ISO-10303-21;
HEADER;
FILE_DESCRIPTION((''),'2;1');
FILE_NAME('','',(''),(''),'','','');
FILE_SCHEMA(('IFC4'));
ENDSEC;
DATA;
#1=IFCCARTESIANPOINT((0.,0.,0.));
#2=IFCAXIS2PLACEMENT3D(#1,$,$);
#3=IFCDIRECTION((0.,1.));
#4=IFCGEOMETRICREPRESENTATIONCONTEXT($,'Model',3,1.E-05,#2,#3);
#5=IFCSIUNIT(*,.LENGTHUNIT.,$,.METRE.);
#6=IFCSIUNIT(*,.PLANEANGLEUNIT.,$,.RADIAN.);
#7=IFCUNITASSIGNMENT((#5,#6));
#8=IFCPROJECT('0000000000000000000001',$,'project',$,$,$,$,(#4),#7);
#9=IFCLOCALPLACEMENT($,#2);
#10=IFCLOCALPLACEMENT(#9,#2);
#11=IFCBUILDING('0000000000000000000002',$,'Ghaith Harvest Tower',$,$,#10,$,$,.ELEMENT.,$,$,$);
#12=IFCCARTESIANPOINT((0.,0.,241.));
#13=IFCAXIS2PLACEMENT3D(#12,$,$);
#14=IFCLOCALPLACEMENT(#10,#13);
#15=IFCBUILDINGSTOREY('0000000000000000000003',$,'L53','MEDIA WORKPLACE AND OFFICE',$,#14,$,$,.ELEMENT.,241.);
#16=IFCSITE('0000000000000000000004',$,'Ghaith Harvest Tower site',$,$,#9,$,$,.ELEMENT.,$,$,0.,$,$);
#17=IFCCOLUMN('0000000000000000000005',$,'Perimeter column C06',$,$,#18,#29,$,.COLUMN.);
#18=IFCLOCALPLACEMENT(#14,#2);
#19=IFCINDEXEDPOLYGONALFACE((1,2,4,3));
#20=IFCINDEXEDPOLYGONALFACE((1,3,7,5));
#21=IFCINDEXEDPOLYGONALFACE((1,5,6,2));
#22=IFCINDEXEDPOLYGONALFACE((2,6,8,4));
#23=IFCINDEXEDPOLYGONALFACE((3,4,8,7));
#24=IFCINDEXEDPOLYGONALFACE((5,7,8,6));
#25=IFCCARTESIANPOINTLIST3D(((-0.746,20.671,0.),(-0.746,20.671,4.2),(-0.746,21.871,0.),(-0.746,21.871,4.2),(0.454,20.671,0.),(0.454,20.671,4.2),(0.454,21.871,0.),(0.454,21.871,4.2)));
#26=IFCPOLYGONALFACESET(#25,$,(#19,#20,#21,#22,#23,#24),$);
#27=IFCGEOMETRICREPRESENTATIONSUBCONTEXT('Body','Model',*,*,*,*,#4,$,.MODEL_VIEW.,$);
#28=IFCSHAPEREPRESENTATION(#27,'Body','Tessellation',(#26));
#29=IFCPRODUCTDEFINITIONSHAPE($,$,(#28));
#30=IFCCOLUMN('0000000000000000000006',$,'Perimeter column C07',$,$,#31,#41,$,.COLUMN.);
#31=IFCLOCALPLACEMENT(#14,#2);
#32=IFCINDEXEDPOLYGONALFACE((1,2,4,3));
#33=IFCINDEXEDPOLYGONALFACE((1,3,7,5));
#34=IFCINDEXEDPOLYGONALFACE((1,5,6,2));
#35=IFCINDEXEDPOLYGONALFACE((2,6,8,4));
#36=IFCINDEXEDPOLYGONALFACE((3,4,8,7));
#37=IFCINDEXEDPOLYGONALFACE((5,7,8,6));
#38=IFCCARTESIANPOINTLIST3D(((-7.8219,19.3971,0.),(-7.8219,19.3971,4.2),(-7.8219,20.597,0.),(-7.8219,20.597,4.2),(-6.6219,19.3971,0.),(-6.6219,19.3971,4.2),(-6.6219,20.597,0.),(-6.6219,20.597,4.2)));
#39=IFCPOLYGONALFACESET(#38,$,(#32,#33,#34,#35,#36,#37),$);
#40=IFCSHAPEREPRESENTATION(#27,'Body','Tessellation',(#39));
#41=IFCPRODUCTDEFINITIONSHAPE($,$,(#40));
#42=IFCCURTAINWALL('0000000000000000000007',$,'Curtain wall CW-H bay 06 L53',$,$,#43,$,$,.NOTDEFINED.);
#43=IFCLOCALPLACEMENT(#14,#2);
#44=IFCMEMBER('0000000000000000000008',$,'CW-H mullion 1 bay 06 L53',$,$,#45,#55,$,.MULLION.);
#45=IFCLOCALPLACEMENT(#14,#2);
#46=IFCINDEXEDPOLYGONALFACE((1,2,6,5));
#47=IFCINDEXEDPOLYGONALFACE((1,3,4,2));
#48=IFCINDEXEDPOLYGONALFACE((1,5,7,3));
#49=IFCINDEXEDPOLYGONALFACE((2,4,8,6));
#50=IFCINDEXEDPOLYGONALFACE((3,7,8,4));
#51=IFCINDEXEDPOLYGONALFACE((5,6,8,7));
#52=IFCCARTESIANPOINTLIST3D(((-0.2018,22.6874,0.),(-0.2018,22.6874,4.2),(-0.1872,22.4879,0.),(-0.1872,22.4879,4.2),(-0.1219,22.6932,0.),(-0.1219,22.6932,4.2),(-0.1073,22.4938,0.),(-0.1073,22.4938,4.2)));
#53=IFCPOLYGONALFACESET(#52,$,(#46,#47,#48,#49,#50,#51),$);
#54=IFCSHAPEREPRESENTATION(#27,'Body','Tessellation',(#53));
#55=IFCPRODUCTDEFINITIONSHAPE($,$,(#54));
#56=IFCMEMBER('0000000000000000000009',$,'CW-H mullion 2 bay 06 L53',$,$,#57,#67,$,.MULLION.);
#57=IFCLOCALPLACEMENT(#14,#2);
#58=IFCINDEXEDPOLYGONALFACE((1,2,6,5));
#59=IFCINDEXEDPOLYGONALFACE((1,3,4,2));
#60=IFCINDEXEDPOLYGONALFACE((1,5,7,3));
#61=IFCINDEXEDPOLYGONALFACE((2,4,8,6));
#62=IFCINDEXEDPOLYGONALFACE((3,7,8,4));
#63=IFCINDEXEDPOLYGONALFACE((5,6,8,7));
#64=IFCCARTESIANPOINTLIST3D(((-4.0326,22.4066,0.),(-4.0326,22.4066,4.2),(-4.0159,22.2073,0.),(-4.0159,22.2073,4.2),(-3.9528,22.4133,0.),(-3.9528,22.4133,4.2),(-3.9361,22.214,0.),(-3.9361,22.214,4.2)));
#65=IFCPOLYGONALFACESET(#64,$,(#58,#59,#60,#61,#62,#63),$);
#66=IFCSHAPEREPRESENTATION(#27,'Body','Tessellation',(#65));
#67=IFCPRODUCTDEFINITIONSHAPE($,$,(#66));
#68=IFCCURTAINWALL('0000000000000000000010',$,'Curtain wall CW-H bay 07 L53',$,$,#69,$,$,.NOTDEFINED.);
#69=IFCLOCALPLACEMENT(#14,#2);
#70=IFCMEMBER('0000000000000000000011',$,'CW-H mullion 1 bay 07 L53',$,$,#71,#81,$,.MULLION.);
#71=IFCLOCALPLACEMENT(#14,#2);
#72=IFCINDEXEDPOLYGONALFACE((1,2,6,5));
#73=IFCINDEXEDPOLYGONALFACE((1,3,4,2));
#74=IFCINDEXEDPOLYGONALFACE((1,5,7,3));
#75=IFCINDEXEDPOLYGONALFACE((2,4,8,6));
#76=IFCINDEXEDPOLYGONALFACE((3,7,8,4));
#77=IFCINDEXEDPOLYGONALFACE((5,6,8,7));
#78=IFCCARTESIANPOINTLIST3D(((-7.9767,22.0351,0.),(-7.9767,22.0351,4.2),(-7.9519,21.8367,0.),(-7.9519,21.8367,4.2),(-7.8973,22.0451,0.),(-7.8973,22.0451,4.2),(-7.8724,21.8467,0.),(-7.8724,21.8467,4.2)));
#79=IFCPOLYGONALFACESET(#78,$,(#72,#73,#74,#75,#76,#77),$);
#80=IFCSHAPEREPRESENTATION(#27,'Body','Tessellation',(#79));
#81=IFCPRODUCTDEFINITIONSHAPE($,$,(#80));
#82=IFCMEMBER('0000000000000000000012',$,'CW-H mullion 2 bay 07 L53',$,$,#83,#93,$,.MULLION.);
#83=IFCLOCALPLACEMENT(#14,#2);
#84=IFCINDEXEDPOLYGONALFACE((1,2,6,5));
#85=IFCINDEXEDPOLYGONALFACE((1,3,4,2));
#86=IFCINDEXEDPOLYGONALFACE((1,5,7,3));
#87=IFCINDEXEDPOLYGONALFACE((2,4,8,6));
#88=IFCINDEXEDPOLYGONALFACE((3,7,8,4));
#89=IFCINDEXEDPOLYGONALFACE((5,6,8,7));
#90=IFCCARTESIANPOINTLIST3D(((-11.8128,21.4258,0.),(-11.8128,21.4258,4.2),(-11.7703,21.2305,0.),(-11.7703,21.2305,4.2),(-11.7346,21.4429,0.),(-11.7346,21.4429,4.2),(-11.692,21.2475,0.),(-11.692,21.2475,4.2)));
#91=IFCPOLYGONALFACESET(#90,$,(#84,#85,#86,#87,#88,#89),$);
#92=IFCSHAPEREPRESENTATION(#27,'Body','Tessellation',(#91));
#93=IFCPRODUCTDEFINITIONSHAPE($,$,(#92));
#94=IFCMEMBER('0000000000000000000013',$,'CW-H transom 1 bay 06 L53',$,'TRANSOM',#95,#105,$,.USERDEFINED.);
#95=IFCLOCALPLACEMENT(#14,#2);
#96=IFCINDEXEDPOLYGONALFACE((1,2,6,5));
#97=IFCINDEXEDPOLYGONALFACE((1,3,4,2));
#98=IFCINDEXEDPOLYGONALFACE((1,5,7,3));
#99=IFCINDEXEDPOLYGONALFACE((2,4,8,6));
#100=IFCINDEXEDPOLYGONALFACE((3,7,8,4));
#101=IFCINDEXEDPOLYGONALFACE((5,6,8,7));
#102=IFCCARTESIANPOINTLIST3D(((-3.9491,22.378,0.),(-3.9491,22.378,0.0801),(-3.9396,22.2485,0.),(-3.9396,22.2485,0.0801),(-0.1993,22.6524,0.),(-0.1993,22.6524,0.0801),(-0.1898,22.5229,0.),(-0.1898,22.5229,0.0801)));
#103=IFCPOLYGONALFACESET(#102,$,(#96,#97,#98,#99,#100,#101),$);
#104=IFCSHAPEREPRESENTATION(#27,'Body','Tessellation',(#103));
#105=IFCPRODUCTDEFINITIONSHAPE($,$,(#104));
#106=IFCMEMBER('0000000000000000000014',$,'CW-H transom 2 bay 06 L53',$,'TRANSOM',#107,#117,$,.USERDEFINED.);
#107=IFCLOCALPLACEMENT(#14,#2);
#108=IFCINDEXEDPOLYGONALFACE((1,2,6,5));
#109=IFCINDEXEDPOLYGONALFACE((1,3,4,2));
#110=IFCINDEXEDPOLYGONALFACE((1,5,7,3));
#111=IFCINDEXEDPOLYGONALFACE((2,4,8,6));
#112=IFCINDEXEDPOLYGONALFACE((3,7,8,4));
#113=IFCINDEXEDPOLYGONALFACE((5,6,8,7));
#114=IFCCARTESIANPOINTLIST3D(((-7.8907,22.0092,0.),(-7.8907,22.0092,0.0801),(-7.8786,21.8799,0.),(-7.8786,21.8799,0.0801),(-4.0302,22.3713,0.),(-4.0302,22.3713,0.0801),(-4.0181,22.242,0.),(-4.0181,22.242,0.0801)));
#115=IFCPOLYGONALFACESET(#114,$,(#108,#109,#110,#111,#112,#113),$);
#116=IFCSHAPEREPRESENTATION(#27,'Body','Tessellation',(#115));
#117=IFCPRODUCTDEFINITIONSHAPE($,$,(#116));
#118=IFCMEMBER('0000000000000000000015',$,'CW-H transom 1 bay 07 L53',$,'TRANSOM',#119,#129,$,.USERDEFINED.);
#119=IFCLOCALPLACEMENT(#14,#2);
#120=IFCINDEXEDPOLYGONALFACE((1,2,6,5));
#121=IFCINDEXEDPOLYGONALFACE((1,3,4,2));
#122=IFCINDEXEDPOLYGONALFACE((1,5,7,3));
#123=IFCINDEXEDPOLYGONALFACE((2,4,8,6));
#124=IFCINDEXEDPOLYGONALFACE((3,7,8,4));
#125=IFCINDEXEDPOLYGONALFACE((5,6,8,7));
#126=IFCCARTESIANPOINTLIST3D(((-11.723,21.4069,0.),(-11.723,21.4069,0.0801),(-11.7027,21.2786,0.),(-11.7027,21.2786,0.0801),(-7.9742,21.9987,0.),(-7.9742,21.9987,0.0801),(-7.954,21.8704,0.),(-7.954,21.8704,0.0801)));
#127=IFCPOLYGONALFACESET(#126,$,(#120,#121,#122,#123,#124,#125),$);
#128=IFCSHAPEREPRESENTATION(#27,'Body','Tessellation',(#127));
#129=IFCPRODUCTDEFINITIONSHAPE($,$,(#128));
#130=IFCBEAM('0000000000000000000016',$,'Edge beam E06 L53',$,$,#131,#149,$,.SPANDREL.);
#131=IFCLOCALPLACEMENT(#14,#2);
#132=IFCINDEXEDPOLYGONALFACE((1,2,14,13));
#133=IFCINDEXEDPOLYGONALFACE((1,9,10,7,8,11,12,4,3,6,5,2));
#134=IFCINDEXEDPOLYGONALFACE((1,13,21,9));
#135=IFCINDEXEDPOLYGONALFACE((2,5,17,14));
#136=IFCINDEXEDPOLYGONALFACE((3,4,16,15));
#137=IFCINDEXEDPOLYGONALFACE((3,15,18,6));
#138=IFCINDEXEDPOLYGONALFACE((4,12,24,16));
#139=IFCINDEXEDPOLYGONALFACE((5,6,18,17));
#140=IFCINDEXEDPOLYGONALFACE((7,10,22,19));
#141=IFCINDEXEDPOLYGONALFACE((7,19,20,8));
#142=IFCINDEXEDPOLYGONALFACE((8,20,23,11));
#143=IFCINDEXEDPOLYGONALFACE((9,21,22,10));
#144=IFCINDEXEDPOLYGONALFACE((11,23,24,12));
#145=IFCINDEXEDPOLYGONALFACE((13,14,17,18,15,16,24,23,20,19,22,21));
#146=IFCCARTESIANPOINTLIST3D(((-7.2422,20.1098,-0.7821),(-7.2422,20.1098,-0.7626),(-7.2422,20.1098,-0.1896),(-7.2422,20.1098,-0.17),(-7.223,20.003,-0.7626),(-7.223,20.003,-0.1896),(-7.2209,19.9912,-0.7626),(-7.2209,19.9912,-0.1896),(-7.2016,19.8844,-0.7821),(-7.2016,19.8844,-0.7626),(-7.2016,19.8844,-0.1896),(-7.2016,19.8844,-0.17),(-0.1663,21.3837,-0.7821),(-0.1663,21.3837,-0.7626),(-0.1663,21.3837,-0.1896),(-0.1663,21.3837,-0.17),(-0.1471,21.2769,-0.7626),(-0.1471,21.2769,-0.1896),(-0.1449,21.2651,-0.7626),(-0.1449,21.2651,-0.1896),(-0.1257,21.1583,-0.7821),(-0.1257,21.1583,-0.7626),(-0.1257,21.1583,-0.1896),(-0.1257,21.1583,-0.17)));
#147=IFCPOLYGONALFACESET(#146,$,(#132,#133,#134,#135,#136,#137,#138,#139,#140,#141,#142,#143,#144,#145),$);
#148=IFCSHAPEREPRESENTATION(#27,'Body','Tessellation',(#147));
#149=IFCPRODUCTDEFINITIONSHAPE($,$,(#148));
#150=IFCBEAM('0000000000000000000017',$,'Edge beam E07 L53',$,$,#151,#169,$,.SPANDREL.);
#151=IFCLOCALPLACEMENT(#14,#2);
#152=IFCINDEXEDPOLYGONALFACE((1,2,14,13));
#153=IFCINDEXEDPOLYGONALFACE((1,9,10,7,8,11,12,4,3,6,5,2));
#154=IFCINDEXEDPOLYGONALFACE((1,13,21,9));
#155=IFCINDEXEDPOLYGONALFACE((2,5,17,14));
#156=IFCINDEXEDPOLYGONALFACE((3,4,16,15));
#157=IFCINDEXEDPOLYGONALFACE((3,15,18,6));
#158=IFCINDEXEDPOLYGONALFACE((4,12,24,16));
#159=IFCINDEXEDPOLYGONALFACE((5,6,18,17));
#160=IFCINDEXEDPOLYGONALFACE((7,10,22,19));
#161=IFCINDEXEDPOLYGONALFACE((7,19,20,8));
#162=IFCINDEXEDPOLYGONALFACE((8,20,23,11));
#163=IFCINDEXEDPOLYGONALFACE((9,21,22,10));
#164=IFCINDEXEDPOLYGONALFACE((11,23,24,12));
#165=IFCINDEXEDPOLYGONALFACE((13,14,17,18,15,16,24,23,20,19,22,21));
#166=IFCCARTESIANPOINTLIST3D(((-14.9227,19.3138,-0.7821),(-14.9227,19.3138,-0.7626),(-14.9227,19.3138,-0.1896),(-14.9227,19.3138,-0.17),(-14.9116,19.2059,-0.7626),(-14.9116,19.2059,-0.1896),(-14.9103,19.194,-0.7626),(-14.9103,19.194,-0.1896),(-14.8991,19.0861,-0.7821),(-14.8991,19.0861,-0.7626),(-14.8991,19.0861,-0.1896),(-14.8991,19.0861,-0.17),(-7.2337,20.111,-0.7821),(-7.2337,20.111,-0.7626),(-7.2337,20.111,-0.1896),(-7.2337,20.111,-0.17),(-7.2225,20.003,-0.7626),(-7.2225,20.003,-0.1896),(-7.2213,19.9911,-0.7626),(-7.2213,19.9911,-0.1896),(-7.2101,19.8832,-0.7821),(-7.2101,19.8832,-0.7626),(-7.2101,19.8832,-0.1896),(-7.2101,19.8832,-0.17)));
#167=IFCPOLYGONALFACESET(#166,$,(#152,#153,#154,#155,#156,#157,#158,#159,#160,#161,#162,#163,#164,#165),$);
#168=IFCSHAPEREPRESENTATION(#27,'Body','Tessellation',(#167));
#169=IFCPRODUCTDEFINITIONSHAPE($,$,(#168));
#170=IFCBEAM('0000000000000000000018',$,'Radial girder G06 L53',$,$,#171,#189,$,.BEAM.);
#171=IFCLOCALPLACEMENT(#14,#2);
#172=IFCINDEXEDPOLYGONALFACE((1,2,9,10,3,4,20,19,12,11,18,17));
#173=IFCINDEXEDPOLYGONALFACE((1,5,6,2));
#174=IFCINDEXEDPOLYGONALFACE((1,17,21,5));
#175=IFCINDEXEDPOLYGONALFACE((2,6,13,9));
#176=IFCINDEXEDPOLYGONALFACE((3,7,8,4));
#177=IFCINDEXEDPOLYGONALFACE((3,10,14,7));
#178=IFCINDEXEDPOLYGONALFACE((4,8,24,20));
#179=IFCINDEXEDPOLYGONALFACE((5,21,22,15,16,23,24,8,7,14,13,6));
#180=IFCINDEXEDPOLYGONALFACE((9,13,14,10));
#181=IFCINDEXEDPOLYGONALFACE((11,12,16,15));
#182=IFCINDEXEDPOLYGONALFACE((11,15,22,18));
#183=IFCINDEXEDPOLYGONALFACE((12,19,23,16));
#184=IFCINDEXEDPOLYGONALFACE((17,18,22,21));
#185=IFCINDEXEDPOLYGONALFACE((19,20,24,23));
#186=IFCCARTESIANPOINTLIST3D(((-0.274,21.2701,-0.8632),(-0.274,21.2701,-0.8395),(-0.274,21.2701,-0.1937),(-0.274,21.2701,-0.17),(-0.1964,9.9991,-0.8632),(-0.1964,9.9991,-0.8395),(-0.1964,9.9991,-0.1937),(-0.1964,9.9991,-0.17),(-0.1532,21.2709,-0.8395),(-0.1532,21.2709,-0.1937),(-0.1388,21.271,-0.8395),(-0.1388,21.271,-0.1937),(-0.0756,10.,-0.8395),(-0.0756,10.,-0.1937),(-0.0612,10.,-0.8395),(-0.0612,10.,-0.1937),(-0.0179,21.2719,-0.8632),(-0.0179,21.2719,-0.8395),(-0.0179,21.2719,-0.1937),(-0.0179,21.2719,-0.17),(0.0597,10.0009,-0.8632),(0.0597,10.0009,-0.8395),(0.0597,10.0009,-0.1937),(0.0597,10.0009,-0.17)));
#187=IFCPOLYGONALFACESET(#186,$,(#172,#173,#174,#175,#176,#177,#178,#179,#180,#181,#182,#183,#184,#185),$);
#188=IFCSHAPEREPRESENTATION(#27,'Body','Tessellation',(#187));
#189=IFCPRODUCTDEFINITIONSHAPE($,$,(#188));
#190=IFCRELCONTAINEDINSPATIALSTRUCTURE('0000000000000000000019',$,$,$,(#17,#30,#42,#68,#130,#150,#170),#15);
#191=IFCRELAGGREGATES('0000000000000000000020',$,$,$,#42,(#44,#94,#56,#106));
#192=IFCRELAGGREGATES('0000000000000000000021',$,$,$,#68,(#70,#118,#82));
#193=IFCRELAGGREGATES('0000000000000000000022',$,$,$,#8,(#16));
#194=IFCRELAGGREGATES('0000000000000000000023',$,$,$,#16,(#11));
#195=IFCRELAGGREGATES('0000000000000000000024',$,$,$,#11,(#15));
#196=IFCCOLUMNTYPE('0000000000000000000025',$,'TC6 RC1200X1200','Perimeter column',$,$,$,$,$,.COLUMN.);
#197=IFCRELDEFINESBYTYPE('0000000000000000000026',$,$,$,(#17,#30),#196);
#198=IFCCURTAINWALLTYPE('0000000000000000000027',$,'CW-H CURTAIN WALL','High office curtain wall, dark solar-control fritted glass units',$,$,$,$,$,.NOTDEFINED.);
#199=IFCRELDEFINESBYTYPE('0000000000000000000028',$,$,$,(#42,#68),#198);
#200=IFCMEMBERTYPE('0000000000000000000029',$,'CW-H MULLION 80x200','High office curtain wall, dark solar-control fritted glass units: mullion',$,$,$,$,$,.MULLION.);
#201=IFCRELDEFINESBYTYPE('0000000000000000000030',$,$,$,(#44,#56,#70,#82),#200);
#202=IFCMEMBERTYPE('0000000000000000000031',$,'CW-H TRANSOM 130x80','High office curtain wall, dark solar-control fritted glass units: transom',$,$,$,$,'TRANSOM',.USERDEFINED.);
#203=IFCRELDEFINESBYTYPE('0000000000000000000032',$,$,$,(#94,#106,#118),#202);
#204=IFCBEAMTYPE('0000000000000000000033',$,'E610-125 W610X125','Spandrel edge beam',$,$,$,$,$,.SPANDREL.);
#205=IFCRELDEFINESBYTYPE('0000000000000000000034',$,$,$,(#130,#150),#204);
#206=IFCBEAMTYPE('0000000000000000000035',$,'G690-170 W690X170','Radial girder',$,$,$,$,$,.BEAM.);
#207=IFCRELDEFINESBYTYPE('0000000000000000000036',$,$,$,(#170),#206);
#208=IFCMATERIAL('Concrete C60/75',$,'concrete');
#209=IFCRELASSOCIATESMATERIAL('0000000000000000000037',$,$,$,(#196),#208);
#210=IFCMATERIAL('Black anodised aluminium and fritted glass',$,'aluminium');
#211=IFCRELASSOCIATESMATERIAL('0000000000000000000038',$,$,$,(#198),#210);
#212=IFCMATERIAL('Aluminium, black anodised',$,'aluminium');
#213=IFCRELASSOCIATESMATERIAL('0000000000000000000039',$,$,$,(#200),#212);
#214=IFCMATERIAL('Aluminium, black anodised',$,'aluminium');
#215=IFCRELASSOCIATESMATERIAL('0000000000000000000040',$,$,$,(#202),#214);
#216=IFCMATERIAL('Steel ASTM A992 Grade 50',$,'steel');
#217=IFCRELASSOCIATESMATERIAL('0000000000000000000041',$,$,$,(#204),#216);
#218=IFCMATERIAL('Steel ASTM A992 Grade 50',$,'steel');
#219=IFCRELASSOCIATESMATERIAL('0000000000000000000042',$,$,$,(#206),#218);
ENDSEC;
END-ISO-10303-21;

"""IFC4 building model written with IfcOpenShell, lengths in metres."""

from ifc_helpers import new_model, si_unit, direction, frame, origin, origin_2d, place, context, subcontext, project, spatial, rectangle, i_section, extrude, material, material_profile, profile_set, type_object, element, aggregate, save


model = new_model("IFC4")

# Units and contexts
model_context = context("Model", 3, precision=1e-05, world=origin(), true_north=direction((0.0, 1.0)))
body_context = subcontext(model_context, "Body", "Model", "MODEL_VIEW")
ifc_project = project(units=[si_unit("LENGTHUNIT", "METRE"), si_unit("PLANEANGLEUNIT", "RADIAN")], contexts=[model_context])

# Site, building, storey
site_placement = place(None, origin())
site = spatial("IfcSite", under=ifc_project, at=site_placement, Name="Ghaith Harvest Tower site", CompositionType="ELEMENT", RefElevation=0.0)
building_placement = place(site_placement, origin())
building = spatial("IfcBuilding", under=site, at=building_placement, Name="Ghaith Harvest Tower", CompositionType="ELEMENT")
storey_placement = place(building_placement, frame((0.0, 0.0, 241.0)))
storey = spatial("IfcBuildingStorey", under=building, at=storey_placement, Name="L53", Description="MEDIA WORKPLACE AND OFFICE", CompositionType="ELEMENT", Elevation=241.0)

# Columns
ifc_material_1 = material(Name="Concrete C60/75", Category="concrete")
ifc_material_profile_1 = material_profile(ifc_material_1, rectangle(XDim=1.2, YDim=1.2, at=origin_2d()), Name="RC1200X1200")
ifc_profile_set_1 = profile_set([ifc_material_profile_1], Name="Concrete C60/75")
column_type = type_object("IfcColumnType", Name="TC6 RC1200X1200", Description="Perimeter column", PredefinedType="COLUMN", material=ifc_profile_set_1)
for number, where, z_axis, x_axis, name in (
    (1, (-0.146, 21.271, 0.0), (0.0, 0.0, 1.0), (1.0, 0.0, 0.0), "Perimeter column C06"),
    (2, (-7.2219, 19.9971, 0.0), (0.0, 0.0, 1.0), (1.0, 0.0, 0.0), "Perimeter column C07"),
):
    element("IfcColumn", number, at=place(storey_placement, frame(where, z_axis=z_axis, x_axis=x_axis)), inside=storey, type_object=column_type, Name=name, PredefinedType="COLUMN", context=body_context, shape_type="SweptSolid", body=[
        extrude(rectangle(XDim=1.2, YDim=1.2, at=origin_2d()), origin(), (0.0, 0.0, 1.0), 4.2),
    ])

# Curtain walls, members
ifc_material_2 = material(Name="Black anodised aluminium and fritted glass", Category="aluminium")
curtain_wall_type = type_object("IfcCurtainWallType", Name="CW-H CURTAIN WALL", Description="High office curtain wall, dark solar-control fritted glass units", PredefinedType="NOTDEFINED", material=ifc_material_2)
curtain_wall_1_placement = place(storey_placement, origin())
curtain_wall_1 = element("IfcCurtainWall", 3, at=curtain_wall_1_placement, inside=storey, type_object=curtain_wall_type, Name="Curtain wall CW-H bay 06 L53", PredefinedType="NOTDEFINED")
ifc_material_3 = material(Name="Aluminium, black anodised", Category="aluminium")
ifc_material_profile_2 = material_profile(ifc_material_3, rectangle(XDim=0.0801, YDim=0.2, at=origin_2d()), Name="CW-H MULLION 80x200")
ifc_profile_set_2 = profile_set([ifc_material_profile_2], Name="Aluminium, black anodised")
member_type_1 = type_object("IfcMemberType", Name="CW-H MULLION 80x200", Description="High office curtain wall, dark solar-control fritted glass units: mullion", PredefinedType="MULLION", material=ifc_profile_set_2)
member_1_placement = place(storey_placement, frame((-0.1545, 22.5906, 0.0), z_axis=(0.0, 0.0, 1.0), x_axis=(-0.997329, -0.073037, 0.0)))
member_1 = element("IfcMember", 4, at=member_1_placement, type_object=member_type_1, Name="CW-H mullion 1 bay 06 L53", PredefinedType="MULLION", context=body_context, shape_type="SweptSolid", body=[
    extrude(rectangle(XDim=0.0801, YDim=0.2, at=origin_2d()), origin(), (0.0, 0.0, 1.0), 4.2),
])
member_2_placement = place(storey_placement, frame((-3.9844, 22.3103, 0.0), z_axis=(0.0, 0.0, 1.0), x_axis=(-0.996523, -0.083324, 0.0)))
member_2 = element("IfcMember", 5, at=member_2_placement, type_object=member_type_1, Name="CW-H mullion 2 bay 06 L53", PredefinedType="MULLION", context=body_context, shape_type="SweptSolid", body=[
    extrude(rectangle(XDim=0.0801, YDim=0.2, at=origin_2d()), origin(), (0.0, 0.0, 1.0), 4.2),
])
curtain_wall_2_placement = place(storey_placement, origin())
curtain_wall_2 = element("IfcCurtainWall", 6, at=curtain_wall_2_placement, inside=storey, type_object=curtain_wall_type, Name="Curtain wall CW-H bay 07 L53", PredefinedType="NOTDEFINED")
member_3_placement = place(storey_placement, frame((-7.9246, 21.9409, 0.0), z_axis=(0.0, 0.0, 1.0), x_axis=(-0.992235, -0.124373, 0.0)))
member_3 = element("IfcMember", 7, at=member_3_placement, type_object=member_type_1, Name="CW-H mullion 1 bay 07 L53", PredefinedType="MULLION", context=body_context, shape_type="SweptSolid", body=[
    extrude(rectangle(XDim=0.0801, YDim=0.2, at=origin_2d()), origin(), (0.0, 0.0, 1.0), 4.2),
])
member_4_placement = place(storey_placement, frame((-11.7524, 21.3367, 0.0), z_axis=(0.0, 0.0, 1.0), x_axis=(-0.977086, -0.212843, 0.0)))
member_4 = element("IfcMember", 8, at=member_4_placement, type_object=member_type_1, Name="CW-H mullion 2 bay 07 L53", PredefinedType="MULLION", context=body_context, shape_type="SweptSolid", body=[
    extrude(rectangle(XDim=0.0801, YDim=0.2, at=origin_2d()), origin(), (0.0, 0.0, 1.0), 4.2),
])

# Members
ifc_material_4 = material(Name="Aluminium, black anodised", Category="aluminium")
ifc_material_profile_3 = material_profile(ifc_material_4, rectangle(XDim=0.1299, YDim=0.0801, at=origin_2d()), Name="CW-H TRANSOM 130x80")
ifc_profile_set_3 = profile_set([ifc_material_profile_3], Name="Aluminium, black anodised")
member_type_2 = type_object("IfcMemberType", Name="CW-H TRANSOM 130x80", Description="High office curtain wall, dark solar-control fritted glass units: transom", ElementType="TRANSOM", PredefinedType="USERDEFINED", material=ifc_profile_set_3)
member_5_placement = place(storey_placement, frame((-0.1946, 22.5876, 0.04), z_axis=(-0.997333, -0.072987, 0.0), x_axis=(0.072987, -0.997333, 0.0)))
member_5 = element("IfcMember", 9, at=member_5_placement, type_object=member_type_2, Name="CW-H transom 1 bay 06 L53", ObjectType="TRANSOM", PredefinedType="USERDEFINED", context=body_context, shape_type="SweptSolid", body=[
    extrude(rectangle(XDim=0.1299, YDim=0.0801, at=origin_2d()), origin(), (0.0, 0.0, 1.0), 3.7598),
])
member_6_placement = place(storey_placement, frame((-4.0242, 22.3066, 0.04), z_axis=(-0.995631, -0.093374, 0.0), x_axis=(0.093374, -0.995631, 0.0)))
member_6 = element("IfcMember", 10, at=member_6_placement, type_object=member_type_2, Name="CW-H transom 2 bay 06 L53", ObjectType="TRANSOM", PredefinedType="USERDEFINED", context=body_context, shape_type="SweptSolid", body=[
    extrude(rectangle(XDim=0.1299, YDim=0.0801, at=origin_2d()), origin(), (0.0, 0.0, 1.0), 3.8774),
])
member_7_placement = place(storey_placement, frame((-7.9641, 21.9346, 0.04), z_axis=(-0.987768, -0.155933, 0.0), x_axis=(0.155933, -0.987768, 0.0)))
member_7 = element("IfcMember", 11, at=member_7_placement, type_object=member_type_2, Name="CW-H transom 1 bay 07 L53", ObjectType="TRANSOM", PredefinedType="USERDEFINED", context=body_context, shape_type="SweptSolid", body=[
    extrude(rectangle(XDim=0.1299, YDim=0.0801, at=origin_2d()), origin(), (0.0, 0.0, 1.0), 3.7952),
])

# Beams
ifc_material_5 = material(Name="Steel ASTM A992 Grade 50", Category="steel")
ifc_material_profile_4 = material_profile(ifc_material_5, i_section(OverallWidth=0.229, OverallDepth=0.6121, WebThickness=0.012, FlangeThickness=0.0195, at=origin_2d()), Name="W610X125")
ifc_profile_set_4 = profile_set([ifc_material_profile_4], Name="Steel ASTM A992 Grade 50")
beam_type_1 = type_object("IfcBeamType", Name="E610-125 W610X125", Description="Spandrel edge beam", PredefinedType="SPANDREL", material=ifc_profile_set_4)
beam_1_placement = place(storey_placement, frame((-0.146, 21.271, -0.4761), z_axis=(-0.984177, -0.177188, 0.0), x_axis=(0.177188, -0.984177, 0.0)))
element("IfcBeam", 12, at=beam_1_placement, inside=storey, type_object=beam_type_1, Name="Edge beam E06 L53", PredefinedType="SPANDREL", context=body_context, shape_type="SweptSolid", body=[
    extrude(i_section(OverallWidth=0.229, OverallDepth=0.6121, WebThickness=0.012, FlangeThickness=0.0195, at=origin_2d()), origin(), (0.0, 0.0, 1.0), 7.1897),
])
beam_2_placement = place(storey_placement, frame((-7.2219, 19.9971, -0.4761), z_axis=(-0.994669, -0.103118, 0.0), x_axis=(0.103118, -0.994669, 0.0)))
element("IfcBeam", 13, at=beam_2_placement, inside=storey, type_object=beam_type_1, Name="Edge beam E07 L53", PredefinedType="SPANDREL", context=body_context, shape_type="SweptSolid", body=[
    extrude(i_section(OverallWidth=0.229, OverallDepth=0.6121, WebThickness=0.012, FlangeThickness=0.0195, at=origin_2d()), origin(), (0.0, 0.0, 1.0), 7.7302),
])
ifc_material_6 = material(Name="Steel ASTM A992 Grade 50", Category="steel")
ifc_material_profile_5 = material_profile(ifc_material_6, i_section(OverallWidth=0.2561, OverallDepth=0.6931, WebThickness=0.0144, FlangeThickness=0.0237, at=origin_2d()), Name="W690X170")
ifc_profile_set_5 = profile_set([ifc_material_profile_5], Name="Steel ASTM A992 Grade 50")
beam_type_2 = type_object("IfcBeamType", Name="G690-170 W690X170", Description="Radial girder", PredefinedType="BEAM", material=ifc_profile_set_5)
beam_3_placement = place(storey_placement, frame((-0.0684, 10.0, -0.5166), z_axis=(-0.006888, 0.999976, 0.0), x_axis=(-0.999976, -0.006888, 0.0)))
element("IfcBeam", 14, at=beam_3_placement, inside=storey, type_object=beam_type_2, Name="Radial girder G06 L53", PredefinedType="BEAM", context=body_context, shape_type="SweptSolid", body=[
    extrude(i_section(OverallWidth=0.2561, OverallDepth=0.6931, WebThickness=0.0144, FlangeThickness=0.0237, at=origin_2d()), origin(), (0.0, 0.0, 1.0), 11.2712),
])

aggregate(curtain_wall_1, [member_1, member_5, member_2, member_6])
aggregate(curtain_wall_2, [member_3, member_7, member_4])

save(model, "model.ifc")
